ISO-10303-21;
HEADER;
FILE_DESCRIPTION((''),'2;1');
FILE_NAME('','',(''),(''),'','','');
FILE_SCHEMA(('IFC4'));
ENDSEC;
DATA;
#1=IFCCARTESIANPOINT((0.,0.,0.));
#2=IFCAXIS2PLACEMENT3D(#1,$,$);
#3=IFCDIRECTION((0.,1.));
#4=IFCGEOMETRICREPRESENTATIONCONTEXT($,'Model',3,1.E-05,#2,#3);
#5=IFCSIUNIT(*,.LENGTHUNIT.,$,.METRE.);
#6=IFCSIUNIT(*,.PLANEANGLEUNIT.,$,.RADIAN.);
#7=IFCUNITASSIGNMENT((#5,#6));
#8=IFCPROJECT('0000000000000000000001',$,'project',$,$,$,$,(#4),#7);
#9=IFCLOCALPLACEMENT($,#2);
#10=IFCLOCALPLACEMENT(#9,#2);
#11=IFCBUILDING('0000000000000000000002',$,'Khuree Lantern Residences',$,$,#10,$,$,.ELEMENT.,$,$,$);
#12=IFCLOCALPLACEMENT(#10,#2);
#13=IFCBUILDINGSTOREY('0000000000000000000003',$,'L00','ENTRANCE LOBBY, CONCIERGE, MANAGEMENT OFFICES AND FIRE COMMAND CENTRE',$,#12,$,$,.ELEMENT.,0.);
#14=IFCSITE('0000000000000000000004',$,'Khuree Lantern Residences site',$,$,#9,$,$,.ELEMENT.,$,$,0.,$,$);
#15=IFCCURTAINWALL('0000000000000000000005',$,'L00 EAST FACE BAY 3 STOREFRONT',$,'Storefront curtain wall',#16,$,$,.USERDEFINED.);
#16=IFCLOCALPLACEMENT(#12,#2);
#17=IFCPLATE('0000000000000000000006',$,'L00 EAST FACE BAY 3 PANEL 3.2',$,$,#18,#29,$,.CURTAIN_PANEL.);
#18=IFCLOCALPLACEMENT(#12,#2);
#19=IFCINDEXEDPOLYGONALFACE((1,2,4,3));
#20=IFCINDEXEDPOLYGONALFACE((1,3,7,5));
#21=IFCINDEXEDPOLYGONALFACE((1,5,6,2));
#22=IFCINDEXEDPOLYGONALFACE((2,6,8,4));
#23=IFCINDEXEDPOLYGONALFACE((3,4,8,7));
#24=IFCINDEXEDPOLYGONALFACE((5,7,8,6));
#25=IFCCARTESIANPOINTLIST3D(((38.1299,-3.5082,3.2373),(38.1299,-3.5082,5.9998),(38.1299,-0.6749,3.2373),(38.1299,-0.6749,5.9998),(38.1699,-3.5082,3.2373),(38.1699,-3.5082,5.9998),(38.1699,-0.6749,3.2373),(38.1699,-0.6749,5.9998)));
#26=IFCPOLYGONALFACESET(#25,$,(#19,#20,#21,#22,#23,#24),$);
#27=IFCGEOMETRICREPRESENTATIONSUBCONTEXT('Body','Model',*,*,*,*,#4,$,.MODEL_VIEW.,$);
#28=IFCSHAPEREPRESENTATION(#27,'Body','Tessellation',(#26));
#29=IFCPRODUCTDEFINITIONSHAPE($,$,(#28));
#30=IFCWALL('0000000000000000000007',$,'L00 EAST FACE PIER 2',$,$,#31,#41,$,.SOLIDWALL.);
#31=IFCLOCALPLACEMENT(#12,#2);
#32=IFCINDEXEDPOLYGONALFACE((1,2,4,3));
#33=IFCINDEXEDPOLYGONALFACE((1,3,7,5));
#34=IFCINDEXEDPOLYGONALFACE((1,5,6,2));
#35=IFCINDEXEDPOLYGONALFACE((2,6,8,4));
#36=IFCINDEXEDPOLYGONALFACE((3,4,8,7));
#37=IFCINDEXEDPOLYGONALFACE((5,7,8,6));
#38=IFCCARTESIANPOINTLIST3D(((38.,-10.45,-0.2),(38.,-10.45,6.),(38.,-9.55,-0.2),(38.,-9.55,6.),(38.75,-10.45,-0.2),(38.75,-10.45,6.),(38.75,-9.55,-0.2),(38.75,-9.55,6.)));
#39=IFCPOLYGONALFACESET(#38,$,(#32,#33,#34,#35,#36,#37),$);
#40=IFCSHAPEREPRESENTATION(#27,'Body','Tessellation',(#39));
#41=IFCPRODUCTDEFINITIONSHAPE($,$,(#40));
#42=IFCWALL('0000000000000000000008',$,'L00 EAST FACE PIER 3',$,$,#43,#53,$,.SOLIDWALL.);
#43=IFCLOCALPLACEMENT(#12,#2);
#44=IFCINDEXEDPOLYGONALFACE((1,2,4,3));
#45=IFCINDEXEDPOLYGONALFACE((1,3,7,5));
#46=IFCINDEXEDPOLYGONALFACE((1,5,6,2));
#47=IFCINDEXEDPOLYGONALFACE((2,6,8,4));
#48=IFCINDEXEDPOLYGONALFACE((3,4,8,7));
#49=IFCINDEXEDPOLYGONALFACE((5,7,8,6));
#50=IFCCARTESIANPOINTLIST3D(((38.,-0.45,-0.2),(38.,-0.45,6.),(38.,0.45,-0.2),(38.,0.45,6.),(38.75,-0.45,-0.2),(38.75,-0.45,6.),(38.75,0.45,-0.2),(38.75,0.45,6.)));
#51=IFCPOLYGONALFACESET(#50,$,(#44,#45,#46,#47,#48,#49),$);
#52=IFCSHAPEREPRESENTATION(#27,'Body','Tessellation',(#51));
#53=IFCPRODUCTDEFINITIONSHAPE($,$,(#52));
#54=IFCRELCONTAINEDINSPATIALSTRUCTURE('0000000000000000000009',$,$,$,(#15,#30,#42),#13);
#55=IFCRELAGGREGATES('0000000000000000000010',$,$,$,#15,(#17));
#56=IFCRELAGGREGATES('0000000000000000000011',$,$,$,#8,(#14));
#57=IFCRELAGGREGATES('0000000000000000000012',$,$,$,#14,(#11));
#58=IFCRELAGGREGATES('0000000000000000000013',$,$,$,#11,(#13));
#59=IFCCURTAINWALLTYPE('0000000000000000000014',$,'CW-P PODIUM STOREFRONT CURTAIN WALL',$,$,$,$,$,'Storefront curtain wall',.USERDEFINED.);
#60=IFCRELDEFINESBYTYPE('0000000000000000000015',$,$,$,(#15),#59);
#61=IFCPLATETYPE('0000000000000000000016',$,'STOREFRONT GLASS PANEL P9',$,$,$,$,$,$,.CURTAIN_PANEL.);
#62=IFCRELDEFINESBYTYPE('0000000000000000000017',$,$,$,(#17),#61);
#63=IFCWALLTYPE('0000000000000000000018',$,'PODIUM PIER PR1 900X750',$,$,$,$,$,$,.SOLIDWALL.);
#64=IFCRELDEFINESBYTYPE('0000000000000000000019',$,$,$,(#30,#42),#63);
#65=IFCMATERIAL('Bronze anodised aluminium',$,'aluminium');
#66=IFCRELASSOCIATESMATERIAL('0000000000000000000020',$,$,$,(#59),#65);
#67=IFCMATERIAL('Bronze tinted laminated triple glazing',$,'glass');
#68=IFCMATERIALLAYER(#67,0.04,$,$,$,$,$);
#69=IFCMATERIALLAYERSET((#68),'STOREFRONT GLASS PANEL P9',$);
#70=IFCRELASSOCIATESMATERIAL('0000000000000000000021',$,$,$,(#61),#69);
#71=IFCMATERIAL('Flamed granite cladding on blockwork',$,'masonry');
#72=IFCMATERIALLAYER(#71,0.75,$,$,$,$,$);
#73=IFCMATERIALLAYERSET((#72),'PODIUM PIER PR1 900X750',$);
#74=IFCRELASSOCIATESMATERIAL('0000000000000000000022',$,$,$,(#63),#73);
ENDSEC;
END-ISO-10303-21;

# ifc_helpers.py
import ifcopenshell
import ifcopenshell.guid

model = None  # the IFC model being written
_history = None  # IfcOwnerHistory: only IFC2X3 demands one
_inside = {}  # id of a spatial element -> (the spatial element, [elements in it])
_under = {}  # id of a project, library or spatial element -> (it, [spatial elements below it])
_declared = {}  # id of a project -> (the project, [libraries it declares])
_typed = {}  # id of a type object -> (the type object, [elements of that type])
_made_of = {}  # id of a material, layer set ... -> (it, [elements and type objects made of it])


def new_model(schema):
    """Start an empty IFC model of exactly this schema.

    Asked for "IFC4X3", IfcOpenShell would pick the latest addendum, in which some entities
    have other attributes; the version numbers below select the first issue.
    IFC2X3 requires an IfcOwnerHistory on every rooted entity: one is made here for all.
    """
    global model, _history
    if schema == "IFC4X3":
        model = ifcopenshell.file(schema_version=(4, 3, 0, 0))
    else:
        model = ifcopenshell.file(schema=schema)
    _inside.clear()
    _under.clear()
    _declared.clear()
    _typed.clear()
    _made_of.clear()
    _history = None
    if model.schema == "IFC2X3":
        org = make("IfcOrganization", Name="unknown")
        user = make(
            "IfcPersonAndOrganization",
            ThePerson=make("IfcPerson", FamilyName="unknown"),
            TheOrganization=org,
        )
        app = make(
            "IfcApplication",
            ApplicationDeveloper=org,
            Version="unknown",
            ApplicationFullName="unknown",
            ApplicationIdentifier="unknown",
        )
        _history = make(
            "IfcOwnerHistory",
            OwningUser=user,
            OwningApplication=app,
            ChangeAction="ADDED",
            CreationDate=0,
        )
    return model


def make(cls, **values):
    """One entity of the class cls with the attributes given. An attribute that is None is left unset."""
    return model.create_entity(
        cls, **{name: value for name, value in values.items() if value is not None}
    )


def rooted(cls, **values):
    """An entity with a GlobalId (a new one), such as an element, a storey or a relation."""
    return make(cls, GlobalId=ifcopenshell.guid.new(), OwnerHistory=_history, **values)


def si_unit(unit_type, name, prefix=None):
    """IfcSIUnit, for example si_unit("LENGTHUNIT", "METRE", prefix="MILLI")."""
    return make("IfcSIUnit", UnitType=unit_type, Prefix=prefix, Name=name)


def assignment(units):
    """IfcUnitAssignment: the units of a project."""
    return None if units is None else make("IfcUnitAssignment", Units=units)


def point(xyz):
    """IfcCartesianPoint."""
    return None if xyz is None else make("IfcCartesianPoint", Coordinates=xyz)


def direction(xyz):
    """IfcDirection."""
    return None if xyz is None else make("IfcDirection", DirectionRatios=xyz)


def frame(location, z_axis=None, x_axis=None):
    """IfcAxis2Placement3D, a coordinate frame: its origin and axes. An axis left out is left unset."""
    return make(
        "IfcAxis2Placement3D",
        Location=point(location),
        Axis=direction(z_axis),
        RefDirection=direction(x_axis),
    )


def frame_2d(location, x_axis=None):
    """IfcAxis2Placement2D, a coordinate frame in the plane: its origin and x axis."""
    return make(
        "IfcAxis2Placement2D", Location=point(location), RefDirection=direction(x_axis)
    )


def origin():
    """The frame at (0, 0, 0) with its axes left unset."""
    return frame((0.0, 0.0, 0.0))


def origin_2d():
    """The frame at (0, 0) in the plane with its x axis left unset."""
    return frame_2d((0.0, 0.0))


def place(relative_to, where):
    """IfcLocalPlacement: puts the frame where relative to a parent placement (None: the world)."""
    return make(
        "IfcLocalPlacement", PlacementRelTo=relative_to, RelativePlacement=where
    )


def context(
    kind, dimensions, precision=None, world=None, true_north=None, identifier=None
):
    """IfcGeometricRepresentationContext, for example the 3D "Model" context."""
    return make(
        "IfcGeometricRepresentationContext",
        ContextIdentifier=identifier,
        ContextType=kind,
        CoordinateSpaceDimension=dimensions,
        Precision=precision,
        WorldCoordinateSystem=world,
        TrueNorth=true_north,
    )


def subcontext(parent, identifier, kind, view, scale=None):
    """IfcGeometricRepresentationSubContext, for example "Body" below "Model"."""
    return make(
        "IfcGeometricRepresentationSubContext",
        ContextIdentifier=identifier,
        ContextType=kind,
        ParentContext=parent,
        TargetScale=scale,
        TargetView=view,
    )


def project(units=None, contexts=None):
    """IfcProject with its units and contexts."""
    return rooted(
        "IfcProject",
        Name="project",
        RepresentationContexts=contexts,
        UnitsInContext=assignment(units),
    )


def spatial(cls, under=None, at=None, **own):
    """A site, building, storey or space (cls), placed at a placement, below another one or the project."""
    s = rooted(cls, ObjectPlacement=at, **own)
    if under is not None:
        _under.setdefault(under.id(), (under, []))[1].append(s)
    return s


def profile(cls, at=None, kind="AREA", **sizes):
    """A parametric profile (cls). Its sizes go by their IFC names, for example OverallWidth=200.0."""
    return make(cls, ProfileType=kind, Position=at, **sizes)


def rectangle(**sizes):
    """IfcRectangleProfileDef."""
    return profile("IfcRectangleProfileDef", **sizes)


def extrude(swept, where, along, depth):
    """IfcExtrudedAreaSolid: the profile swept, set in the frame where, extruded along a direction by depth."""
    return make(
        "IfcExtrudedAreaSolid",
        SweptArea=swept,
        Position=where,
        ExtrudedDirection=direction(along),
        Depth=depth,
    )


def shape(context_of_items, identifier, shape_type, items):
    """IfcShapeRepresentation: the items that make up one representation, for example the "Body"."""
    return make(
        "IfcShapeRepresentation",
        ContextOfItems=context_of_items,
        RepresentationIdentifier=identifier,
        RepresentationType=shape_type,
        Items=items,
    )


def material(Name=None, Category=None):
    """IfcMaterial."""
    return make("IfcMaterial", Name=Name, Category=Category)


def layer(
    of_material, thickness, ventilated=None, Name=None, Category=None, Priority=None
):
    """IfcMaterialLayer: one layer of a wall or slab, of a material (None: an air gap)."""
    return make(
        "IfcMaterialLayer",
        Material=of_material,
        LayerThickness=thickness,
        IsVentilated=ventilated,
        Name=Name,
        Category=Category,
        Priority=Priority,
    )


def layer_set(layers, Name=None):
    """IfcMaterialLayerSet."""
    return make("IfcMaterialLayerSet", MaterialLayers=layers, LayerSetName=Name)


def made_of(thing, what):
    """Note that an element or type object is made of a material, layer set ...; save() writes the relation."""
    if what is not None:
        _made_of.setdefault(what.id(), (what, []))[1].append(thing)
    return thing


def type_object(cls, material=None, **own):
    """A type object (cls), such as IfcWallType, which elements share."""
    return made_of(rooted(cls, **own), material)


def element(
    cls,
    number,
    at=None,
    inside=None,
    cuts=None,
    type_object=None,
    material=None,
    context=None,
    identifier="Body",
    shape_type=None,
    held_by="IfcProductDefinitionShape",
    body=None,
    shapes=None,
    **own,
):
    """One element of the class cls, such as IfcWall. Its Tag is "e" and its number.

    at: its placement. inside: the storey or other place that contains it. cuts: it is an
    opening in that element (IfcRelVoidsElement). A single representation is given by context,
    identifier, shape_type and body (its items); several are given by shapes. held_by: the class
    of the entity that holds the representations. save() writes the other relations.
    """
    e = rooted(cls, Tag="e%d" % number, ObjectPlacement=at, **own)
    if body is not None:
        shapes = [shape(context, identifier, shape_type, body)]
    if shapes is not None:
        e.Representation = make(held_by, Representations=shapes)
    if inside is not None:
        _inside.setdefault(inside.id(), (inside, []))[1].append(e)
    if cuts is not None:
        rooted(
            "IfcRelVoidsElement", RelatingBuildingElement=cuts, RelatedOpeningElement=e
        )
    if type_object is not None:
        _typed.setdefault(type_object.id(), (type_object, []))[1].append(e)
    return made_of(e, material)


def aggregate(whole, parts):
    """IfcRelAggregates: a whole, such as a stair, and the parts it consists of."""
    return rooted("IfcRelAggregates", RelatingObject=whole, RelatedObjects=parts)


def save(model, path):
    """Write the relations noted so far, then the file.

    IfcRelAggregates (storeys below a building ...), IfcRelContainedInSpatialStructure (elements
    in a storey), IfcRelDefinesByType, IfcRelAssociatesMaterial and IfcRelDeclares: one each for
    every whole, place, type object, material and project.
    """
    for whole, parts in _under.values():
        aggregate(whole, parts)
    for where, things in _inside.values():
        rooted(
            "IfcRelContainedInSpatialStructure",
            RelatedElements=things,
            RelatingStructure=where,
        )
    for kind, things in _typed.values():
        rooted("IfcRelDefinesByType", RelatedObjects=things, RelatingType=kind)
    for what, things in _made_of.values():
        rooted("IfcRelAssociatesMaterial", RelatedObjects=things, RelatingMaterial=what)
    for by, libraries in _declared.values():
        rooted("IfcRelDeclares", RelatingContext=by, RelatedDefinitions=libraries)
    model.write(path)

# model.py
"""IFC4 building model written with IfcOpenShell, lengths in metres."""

from ifc_helpers import new_model, si_unit, direction, frame, frame_2d, origin, origin_2d, place, context, subcontext, project, spatial, rectangle, extrude, material, layer, layer_set, type_object, element, aggregate, save


model = new_model("IFC4")

# Units and contexts
model_context = context("Model", 3, precision=1e-05, world=origin(), true_north=direction((0.0, 1.0)))
body_context = subcontext(model_context, "Body", "Model", "MODEL_VIEW")
ifc_project = project(units=[si_unit("LENGTHUNIT", "METRE"), si_unit("PLANEANGLEUNIT", "RADIAN")], contexts=[model_context])

# Site, building, storey
site_placement = place(None, origin())
site = spatial("IfcSite", under=ifc_project, at=site_placement, Name="Khuree Lantern Residences site", CompositionType="ELEMENT", RefElevation=0.0)
building_placement = place(site_placement, origin())
building = spatial("IfcBuilding", under=site, at=building_placement, Name="Khuree Lantern Residences", CompositionType="ELEMENT")
storey_placement = place(building_placement, origin())
storey = spatial("IfcBuildingStorey", under=building, at=storey_placement, Name="L00", Description="ENTRANCE LOBBY, CONCIERGE, MANAGEMENT OFFICES AND FIRE COMMAND CENTRE", CompositionType="ELEMENT", Elevation=0.0)

# Shared definitions
ifc_material_1 = material(Name="Bronze anodised aluminium", Category="aluminium")
curtain_wall_type = type_object("IfcCurtainWallType", Name="CW-P PODIUM STOREFRONT CURTAIN WALL", ElementType="Storefront curtain wall", PredefinedType="USERDEFINED", material=ifc_material_1)

# Curtain wall
curtain_wall_1_placement = place(storey_placement, origin())
curtain_wall_1 = element("IfcCurtainWall", 1, at=curtain_wall_1_placement, inside=storey, type_object=curtain_wall_type, Name="L00 EAST FACE BAY 3 STOREFRONT", ObjectType="Storefront curtain wall", PredefinedType="USERDEFINED")

# Plate
ifc_material_2 = material(Name="Bronze tinted laminated triple glazing", Category="glass")
ifc_layer_1 = layer(ifc_material_2, 0.04)
ifc_layer_set_1 = layer_set([ifc_layer_1], Name="STOREFRONT GLASS PANEL P9")
plate_type = type_object("IfcPlateType", Name="STOREFRONT GLASS PANEL P9", PredefinedType="CURTAIN_PANEL", material=ifc_layer_set_1)
plate_1_placement = place(storey_placement, frame((38.1499, -2.0916, 3.2373), z_axis=(0.0, 0.0, 1.0), x_axis=(0.0, 1.0, 0.0)))
plate_1 = element("IfcPlate", 2, at=plate_1_placement, type_object=plate_type, Name="L00 EAST FACE BAY 3 PANEL 3.2", PredefinedType="CURTAIN_PANEL", context=body_context, shape_type="SweptSolid", body=[
    extrude(rectangle(XDim=2.8333, YDim=0.04, at=origin_2d()), origin(), (0.0, 0.0, 1.0), 2.7625),
])
aggregate(curtain_wall_1, [plate_1])

# Walls
ifc_material_3 = material(Name="Flamed granite cladding on blockwork", Category="masonry")
ifc_layer_2 = layer(ifc_material_3, 0.75)
ifc_layer_set_2 = layer_set([ifc_layer_2], Name="PODIUM PIER PR1 900X750")
wall_type = type_object("IfcWallType", Name="PODIUM PIER PR1 900X750", PredefinedType="SOLIDWALL", material=ifc_layer_set_2)
for number, where, z_axis, x_axis, name in (
    (3, (38.375, -10.45, -0.2), (0.0, 0.0, 1.0), (0.0, 1.0, 0.0), "L00 EAST FACE PIER 2"),
    (4, (38.375, -0.45, -0.2), (0.0, 0.0, 1.0), (0.0, 1.0, 0.0), "L00 EAST FACE PIER 3"),
):
    element("IfcWall", number, at=place(storey_placement, frame(where, z_axis=z_axis, x_axis=x_axis)), inside=storey, type_object=wall_type, Name=name, PredefinedType="SOLIDWALL", context=body_context, shape_type="SweptSolid", body=[
        extrude(rectangle(XDim=0.8999, YDim=0.75, at=frame_2d((0.45, 0.0))), origin(), (0.0, 0.0, 1.0), 6.2),
    ])

save(model, "model.ifc")
